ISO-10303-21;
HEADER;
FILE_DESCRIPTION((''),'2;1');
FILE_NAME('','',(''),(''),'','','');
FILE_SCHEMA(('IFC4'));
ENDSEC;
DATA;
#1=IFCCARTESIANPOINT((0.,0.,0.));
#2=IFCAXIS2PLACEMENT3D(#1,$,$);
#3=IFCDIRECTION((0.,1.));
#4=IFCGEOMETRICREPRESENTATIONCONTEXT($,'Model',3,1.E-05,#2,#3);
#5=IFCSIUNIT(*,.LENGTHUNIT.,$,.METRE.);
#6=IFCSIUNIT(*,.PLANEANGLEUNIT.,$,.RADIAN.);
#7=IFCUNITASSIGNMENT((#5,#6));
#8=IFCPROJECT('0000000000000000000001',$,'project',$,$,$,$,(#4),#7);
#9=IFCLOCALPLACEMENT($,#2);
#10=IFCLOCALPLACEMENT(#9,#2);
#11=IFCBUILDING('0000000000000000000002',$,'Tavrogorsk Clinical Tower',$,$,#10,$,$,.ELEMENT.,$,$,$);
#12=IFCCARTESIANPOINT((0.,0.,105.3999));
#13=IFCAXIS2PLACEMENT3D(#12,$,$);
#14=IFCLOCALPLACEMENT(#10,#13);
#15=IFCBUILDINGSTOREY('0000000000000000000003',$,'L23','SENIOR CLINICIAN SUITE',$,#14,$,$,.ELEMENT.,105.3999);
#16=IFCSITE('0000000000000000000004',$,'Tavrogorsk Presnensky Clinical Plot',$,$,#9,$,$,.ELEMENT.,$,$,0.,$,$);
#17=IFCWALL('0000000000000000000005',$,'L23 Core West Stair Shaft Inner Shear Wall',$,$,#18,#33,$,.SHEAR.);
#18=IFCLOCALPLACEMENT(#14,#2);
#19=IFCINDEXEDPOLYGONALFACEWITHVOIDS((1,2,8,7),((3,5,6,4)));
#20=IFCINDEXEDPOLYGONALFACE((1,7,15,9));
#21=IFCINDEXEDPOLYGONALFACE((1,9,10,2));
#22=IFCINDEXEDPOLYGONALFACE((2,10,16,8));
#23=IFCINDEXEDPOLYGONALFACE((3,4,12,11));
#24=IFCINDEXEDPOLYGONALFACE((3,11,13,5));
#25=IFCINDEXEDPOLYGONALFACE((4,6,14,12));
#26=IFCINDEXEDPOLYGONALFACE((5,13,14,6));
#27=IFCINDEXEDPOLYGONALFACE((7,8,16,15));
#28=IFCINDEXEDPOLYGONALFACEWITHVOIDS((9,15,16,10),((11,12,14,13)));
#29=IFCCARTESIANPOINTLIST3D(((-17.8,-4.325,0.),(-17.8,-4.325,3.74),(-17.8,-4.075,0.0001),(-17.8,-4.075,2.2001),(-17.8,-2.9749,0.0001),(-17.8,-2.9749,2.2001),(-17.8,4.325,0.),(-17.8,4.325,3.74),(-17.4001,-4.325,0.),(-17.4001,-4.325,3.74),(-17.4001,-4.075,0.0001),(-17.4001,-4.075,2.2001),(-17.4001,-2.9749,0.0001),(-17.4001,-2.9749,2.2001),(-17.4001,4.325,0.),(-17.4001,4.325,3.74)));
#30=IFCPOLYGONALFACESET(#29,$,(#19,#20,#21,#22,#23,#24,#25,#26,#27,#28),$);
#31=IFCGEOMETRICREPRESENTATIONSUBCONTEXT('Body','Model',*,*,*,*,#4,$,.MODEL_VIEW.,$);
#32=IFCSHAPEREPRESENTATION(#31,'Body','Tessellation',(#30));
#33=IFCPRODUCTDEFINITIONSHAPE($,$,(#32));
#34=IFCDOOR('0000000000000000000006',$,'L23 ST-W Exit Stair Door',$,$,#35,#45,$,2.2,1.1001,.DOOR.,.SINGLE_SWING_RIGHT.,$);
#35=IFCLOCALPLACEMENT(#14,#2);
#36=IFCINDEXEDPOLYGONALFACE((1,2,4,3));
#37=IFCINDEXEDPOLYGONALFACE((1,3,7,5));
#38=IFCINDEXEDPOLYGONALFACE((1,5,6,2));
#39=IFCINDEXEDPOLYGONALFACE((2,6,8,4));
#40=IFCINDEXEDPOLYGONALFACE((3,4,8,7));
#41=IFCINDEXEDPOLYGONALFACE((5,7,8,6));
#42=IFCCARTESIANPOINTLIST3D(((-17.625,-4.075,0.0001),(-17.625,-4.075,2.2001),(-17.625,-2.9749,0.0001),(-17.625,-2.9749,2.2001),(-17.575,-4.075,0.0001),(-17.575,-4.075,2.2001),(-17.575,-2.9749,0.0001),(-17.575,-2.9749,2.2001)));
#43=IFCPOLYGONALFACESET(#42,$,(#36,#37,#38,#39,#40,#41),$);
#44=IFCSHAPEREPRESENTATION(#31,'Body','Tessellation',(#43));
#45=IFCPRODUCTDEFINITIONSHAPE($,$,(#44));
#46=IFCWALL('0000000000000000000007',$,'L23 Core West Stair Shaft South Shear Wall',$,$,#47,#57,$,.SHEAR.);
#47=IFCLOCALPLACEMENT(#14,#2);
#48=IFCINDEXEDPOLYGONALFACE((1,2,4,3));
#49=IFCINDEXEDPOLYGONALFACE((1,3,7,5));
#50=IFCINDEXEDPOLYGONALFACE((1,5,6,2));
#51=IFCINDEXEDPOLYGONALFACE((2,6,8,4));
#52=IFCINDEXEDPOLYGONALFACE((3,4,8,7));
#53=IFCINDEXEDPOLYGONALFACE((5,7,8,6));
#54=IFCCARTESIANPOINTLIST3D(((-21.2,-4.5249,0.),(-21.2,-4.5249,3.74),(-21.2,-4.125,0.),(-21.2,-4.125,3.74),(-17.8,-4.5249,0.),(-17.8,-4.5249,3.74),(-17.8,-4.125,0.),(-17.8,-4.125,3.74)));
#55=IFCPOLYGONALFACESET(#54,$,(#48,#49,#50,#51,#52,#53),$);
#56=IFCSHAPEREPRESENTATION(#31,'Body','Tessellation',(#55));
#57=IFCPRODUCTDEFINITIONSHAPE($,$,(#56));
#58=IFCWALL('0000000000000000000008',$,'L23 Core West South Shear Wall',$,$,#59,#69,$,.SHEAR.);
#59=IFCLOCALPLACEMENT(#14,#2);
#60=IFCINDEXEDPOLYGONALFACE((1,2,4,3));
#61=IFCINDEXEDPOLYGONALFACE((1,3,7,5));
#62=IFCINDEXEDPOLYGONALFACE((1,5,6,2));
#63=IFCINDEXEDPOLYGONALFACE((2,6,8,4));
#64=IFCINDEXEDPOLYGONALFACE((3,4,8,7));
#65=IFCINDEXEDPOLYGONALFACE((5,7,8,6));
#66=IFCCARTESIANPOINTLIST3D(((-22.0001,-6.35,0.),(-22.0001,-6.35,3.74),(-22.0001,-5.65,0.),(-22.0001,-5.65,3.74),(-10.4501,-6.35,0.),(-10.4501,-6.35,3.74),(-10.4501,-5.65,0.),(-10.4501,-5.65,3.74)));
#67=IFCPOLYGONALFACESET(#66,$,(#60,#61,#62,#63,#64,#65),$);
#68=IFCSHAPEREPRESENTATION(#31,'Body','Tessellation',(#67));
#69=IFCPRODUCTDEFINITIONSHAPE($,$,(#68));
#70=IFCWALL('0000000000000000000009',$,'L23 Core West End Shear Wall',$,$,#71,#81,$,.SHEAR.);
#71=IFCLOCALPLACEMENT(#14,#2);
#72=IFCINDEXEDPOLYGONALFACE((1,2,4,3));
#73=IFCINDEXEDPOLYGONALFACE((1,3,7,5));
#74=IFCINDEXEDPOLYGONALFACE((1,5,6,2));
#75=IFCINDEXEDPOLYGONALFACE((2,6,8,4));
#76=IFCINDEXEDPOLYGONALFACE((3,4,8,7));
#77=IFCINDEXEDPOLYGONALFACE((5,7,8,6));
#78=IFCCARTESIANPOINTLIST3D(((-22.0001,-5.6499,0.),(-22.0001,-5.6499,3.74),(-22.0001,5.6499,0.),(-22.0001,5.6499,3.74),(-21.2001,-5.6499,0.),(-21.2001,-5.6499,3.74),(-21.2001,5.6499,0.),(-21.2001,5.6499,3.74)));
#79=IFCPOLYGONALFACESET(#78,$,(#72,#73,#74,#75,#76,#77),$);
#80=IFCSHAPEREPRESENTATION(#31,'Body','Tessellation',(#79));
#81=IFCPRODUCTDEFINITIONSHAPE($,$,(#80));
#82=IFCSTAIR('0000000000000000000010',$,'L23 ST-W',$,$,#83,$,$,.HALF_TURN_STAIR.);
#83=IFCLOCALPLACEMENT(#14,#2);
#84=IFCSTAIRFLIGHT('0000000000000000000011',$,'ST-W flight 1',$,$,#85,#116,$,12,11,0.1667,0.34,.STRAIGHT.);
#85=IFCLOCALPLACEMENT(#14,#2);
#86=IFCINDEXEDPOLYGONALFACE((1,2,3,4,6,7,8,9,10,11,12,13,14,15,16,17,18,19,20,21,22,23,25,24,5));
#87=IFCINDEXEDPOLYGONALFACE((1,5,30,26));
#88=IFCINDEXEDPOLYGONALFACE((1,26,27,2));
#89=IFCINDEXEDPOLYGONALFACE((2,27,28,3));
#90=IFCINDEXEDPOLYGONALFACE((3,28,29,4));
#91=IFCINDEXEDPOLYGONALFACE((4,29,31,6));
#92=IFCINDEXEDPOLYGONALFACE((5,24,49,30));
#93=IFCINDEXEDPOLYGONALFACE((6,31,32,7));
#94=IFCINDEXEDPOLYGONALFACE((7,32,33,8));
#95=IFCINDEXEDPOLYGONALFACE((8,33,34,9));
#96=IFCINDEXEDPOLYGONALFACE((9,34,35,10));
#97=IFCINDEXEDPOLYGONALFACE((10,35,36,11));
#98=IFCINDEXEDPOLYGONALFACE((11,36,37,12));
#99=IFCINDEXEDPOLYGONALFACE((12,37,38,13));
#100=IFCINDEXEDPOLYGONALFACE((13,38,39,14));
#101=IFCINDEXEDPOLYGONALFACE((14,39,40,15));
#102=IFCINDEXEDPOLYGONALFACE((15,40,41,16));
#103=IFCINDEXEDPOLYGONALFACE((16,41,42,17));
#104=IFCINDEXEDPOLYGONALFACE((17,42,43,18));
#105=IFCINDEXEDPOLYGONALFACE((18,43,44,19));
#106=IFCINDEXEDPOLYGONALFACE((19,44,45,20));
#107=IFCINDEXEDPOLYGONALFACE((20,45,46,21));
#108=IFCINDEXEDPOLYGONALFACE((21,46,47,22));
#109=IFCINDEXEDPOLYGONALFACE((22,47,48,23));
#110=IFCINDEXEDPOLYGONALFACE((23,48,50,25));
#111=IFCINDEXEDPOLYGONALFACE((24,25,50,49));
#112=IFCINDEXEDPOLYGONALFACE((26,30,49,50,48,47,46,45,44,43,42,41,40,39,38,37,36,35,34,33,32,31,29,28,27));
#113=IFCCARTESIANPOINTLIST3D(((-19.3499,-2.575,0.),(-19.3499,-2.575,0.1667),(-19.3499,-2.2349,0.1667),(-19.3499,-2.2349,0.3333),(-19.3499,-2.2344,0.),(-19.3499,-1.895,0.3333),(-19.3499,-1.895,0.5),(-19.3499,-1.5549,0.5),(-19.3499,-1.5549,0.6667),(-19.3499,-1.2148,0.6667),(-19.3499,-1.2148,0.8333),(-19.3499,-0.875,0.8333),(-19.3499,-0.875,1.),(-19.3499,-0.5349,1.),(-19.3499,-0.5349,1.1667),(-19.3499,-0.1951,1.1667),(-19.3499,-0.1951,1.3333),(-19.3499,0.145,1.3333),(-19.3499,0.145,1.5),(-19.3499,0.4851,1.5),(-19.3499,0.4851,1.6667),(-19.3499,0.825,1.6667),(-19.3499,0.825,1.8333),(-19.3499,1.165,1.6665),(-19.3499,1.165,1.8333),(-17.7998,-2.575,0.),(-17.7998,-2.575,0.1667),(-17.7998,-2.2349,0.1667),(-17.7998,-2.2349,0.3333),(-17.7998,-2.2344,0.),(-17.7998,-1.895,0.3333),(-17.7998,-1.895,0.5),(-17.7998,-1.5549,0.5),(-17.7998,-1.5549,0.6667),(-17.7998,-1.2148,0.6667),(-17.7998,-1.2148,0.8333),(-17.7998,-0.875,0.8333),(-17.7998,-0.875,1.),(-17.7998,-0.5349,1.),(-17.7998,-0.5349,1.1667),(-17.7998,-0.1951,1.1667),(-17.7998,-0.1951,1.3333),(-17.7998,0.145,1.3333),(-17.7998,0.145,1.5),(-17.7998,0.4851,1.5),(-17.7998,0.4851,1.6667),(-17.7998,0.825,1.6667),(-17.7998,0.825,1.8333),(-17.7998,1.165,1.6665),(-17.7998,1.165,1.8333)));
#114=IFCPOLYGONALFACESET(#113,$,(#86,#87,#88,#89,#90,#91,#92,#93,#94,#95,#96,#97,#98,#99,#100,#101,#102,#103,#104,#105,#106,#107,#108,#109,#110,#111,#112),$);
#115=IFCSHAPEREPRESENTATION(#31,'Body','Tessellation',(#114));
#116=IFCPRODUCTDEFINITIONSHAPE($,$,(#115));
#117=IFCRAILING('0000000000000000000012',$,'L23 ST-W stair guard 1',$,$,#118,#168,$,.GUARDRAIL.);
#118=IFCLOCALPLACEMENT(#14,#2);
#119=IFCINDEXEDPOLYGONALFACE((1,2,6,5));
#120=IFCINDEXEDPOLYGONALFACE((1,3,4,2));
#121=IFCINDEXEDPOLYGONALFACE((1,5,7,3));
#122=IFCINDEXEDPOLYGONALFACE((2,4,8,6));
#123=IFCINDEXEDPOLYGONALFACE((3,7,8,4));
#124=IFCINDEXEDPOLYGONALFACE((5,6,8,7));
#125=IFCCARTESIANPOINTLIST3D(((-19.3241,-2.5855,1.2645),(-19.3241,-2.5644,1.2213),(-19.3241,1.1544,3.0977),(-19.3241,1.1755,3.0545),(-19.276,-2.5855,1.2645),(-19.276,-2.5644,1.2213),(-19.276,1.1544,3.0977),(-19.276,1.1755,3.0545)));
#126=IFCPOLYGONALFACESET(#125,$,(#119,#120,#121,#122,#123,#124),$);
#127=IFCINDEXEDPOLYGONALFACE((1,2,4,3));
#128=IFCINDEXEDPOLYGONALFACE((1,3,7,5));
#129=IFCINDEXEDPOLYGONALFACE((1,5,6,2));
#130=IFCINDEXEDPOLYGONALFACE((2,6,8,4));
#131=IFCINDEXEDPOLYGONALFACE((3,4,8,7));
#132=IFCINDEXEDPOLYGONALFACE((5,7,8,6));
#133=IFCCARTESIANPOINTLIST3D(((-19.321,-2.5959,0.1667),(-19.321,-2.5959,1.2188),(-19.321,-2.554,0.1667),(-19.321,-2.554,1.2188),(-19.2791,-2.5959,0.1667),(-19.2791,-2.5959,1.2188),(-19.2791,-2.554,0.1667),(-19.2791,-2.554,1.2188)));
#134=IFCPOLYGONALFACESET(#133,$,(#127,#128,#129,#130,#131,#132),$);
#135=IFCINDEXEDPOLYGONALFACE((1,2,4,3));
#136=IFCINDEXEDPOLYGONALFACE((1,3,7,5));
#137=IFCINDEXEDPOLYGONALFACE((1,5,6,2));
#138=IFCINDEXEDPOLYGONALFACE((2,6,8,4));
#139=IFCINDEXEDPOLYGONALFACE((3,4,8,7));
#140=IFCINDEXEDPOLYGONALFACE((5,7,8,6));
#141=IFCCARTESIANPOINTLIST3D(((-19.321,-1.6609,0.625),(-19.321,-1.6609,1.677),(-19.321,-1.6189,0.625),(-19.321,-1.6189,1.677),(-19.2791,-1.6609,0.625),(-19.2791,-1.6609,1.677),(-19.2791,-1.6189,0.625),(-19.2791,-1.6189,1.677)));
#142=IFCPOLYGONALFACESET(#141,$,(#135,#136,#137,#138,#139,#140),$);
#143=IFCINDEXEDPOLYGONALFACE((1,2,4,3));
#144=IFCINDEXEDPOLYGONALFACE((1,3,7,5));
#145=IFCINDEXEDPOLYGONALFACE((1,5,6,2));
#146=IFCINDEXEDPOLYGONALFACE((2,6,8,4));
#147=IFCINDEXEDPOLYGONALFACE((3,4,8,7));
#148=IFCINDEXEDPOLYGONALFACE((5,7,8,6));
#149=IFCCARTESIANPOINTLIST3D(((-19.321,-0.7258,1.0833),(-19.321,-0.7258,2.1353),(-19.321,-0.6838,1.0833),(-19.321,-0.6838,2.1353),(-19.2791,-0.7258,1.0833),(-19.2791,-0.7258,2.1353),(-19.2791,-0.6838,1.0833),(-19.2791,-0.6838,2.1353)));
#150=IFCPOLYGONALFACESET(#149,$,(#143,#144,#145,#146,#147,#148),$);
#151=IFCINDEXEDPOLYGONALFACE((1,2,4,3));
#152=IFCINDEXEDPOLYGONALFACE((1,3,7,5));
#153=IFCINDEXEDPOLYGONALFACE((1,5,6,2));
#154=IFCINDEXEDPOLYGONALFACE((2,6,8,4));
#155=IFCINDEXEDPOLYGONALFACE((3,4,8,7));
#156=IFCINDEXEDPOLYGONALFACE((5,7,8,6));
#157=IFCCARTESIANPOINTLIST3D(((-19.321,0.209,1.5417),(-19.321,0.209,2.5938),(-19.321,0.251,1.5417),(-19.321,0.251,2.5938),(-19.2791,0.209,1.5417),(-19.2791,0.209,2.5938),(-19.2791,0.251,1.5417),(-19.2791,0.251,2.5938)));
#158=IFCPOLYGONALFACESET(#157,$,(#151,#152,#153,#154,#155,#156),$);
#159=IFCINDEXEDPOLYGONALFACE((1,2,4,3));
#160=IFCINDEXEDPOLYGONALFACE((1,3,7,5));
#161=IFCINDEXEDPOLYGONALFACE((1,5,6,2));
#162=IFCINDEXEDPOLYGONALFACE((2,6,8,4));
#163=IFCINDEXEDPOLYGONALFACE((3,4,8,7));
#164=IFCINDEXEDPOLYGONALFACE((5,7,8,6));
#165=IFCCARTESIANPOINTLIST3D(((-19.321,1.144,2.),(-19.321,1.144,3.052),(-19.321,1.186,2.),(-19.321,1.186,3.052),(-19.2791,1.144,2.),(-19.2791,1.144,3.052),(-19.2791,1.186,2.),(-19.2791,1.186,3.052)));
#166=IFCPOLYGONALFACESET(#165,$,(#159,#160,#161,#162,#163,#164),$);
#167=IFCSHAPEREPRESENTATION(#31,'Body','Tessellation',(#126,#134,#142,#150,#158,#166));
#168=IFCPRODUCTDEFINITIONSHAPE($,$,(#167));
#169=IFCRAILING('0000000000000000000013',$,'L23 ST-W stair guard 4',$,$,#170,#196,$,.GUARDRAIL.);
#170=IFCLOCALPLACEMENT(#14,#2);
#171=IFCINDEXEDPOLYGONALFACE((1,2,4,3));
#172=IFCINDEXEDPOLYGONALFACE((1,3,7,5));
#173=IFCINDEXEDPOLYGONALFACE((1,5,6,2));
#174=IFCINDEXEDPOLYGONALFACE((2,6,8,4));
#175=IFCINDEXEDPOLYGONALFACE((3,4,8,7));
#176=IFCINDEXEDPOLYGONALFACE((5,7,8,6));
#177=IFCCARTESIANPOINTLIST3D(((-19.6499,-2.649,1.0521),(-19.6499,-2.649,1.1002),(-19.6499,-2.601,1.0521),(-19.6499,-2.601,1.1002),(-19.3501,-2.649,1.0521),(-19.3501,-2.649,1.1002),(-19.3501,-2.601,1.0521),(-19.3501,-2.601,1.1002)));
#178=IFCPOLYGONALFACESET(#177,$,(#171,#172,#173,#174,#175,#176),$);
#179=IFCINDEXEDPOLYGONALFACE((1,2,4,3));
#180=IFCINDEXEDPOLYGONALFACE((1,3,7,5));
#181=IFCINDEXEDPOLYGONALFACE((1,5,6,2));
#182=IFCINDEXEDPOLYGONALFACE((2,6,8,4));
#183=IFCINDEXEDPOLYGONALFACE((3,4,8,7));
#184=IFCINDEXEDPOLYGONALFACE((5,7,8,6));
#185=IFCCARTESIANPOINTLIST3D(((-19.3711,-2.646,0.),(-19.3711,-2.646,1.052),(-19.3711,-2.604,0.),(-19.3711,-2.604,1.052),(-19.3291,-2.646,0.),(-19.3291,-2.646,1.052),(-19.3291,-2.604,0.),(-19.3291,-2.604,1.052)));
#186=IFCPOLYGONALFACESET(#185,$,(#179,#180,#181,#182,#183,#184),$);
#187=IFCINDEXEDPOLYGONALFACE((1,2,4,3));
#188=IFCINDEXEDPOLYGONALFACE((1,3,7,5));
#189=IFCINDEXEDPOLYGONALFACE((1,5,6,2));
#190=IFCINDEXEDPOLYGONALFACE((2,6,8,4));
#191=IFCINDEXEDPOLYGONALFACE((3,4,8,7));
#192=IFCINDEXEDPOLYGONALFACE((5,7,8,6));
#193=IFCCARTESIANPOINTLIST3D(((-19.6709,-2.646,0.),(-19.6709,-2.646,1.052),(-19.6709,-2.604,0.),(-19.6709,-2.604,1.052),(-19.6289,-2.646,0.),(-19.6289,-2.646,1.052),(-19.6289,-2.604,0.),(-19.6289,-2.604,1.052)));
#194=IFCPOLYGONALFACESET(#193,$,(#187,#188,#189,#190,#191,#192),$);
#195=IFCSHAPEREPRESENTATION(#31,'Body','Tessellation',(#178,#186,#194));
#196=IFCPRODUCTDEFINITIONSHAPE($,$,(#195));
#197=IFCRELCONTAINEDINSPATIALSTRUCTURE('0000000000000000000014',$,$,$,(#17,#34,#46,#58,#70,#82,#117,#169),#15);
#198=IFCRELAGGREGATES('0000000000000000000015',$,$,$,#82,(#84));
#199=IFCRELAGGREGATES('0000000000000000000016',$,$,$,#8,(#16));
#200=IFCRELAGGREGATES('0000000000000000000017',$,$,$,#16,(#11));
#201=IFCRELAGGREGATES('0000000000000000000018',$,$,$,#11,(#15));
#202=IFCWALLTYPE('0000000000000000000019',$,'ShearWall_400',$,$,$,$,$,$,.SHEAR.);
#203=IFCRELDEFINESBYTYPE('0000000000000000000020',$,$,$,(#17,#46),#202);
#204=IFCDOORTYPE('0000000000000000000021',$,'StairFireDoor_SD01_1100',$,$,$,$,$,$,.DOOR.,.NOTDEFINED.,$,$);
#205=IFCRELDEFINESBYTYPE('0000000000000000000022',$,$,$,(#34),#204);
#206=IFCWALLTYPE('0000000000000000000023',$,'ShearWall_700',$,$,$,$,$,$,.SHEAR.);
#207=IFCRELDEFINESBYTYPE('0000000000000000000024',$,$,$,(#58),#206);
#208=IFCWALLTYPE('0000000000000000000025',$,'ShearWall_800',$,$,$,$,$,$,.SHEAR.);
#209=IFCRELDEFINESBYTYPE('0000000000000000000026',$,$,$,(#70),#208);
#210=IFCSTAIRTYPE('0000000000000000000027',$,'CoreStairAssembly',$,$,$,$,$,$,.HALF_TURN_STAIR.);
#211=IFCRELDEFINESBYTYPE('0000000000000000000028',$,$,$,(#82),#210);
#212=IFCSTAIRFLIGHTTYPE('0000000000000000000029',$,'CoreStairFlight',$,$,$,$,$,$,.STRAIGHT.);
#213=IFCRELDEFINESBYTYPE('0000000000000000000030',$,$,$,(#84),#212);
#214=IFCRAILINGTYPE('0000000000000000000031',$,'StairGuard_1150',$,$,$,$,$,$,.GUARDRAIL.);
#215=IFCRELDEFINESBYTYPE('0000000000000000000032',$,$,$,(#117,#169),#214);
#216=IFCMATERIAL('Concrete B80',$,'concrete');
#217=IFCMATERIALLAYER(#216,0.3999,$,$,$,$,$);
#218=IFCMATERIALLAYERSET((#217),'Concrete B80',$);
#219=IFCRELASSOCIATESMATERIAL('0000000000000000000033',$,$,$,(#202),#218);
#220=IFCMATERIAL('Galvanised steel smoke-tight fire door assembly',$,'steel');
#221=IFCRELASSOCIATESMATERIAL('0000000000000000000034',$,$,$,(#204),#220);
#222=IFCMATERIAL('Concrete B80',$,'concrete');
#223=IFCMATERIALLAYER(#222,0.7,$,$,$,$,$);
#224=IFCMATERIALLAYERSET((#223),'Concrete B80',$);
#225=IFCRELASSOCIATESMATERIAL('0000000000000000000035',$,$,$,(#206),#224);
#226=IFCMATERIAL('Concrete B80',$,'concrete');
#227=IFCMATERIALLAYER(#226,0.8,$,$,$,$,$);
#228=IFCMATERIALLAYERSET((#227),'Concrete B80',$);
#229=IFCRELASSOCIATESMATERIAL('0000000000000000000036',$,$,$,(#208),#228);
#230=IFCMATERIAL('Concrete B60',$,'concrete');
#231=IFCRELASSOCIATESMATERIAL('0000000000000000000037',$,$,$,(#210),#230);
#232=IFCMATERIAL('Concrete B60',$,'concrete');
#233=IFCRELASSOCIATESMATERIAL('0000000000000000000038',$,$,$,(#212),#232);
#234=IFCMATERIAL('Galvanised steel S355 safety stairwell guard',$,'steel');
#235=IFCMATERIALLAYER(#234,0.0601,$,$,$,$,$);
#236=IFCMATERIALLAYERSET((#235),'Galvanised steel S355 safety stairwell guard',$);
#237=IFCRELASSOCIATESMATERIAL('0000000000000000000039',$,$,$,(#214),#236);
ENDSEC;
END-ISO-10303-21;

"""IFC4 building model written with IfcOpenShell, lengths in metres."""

from ifc_helpers import new_model, si_unit, direction, frame, frame_2d, origin, origin_2d, place, context, subcontext, project, spatial, polyline, rectangle, outline, extrude, material, layer, layer_set, type_object, element, fill, aggregate, save


model = new_model("IFC4")

# Units and contexts
model_context = context("Model", 3, precision=1e-05, world=origin(), true_north=direction((0.0, 1.0)))
body_context = subcontext(model_context, "Body", "Model", "MODEL_VIEW")
ifc_project = project(units=[si_unit("LENGTHUNIT", "METRE"), si_unit("PLANEANGLEUNIT", "RADIAN")], contexts=[model_context])

# Site, building, storey
site_placement = place(None, origin())
site = spatial("IfcSite", under=ifc_project, at=site_placement, Name="Tavrogorsk Presnensky Clinical Plot", CompositionType="ELEMENT", RefElevation=0.0)
building_placement = place(site_placement, origin())
building = spatial("IfcBuilding", under=site, at=building_placement, Name="Tavrogorsk Clinical Tower", CompositionType="ELEMENT")
storey_placement = place(building_placement, frame((0.0, 0.0, 105.3999)))
storey = spatial("IfcBuildingStorey", under=building, at=storey_placement, Name="L23", Description="SENIOR CLINICIAN SUITE", CompositionType="ELEMENT", Elevation=105.3999)

# Wall, opening, door
ifc_material_1 = material(Name="Concrete B80", Category="concrete")
ifc_layer_1 = layer(ifc_material_1, 0.3999)
ifc_layer_set_1 = layer_set([ifc_layer_1], Name="Concrete B80")
wall_type_1 = type_object("IfcWallType", Name="ShearWall_400", PredefinedType="SHEAR", material=ifc_layer_set_1)
wall_1_placement = place(storey_placement, frame((-17.6001, -4.325, 0.0), z_axis=(0.0, 0.0, 1.0), x_axis=(0.0, 1.0, 0.0)))
wall_1 = element("IfcWall", 1, at=wall_1_placement, inside=storey, type_object=wall_type_1, Name="L23 Core West Stair Shaft Inner Shear Wall", PredefinedType="SHEAR", context=body_context, shape_type="SweptSolid", body=[
    extrude(rectangle(XDim=8.6499, YDim=0.3999, at=frame_2d((4.325, 0.0))), origin(), (0.0, 0.0, 1.0), 3.74),
])
opening_1_placement = place(wall_1_placement, frame((0.25, 0.0, 0.0)))
opening_1 = element("IfcOpeningElement", 2, at=opening_1_placement, cuts=wall_1, PredefinedType="OPENING", context=body_context, shape_type="SweptSolid", body=[
    extrude(rectangle(XDim=1.1001, YDim=2.2, at=frame_2d((0.55, 1.1001))), frame((0.0, 0.21, 0.0), z_axis=(0.0, -1.0, 0.0), x_axis=(1.0, 0.0, 0.0)), (0.0, 0.0, 1.0), 0.4199),
])
ifc_material_2 = material(Name="Galvanised steel smoke-tight fire door assembly", Category="steel")
door_type_1 = type_object("IfcDoorType", Name="StairFireDoor_SD01_1100", OperationType="NOTDEFINED", PredefinedType="DOOR", material=ifc_material_2)
door_1_placement = place(opening_1_placement, origin())
door_1 = element("IfcDoor", 3, at=door_1_placement, inside=storey, type_object=door_type_1, Name="L23 ST-W Exit Stair Door", OperationType="SINGLE_SWING_RIGHT", OverallHeight=2.2, OverallWidth=1.1001, PredefinedType="DOOR", context=body_context, shape_type="SweptSolid", body=[
    extrude(rectangle(XDim=1.1001, YDim=2.2, at=frame_2d((0.55, 1.1001))), frame((0.0, 0.0249, 0.0), z_axis=(0.0, -1.0, 0.0), x_axis=(1.0, 0.0, 0.0)), (0.0, 0.0, 1.0), 0.05),
])
fill(opening_1, door_1)

# Walls
wall_2_placement = place(storey_placement, frame((-21.2, -4.325, 0.0), z_axis=(0.0, 0.0, 1.0), x_axis=(1.0, 0.0, 0.0)))
element("IfcWall", 4, at=wall_2_placement, inside=storey, type_object=wall_type_1, Name="L23 Core West Stair Shaft South Shear Wall", PredefinedType="SHEAR", context=body_context, shape_type="SweptSolid", body=[
    extrude(rectangle(XDim=3.3999, YDim=0.3999, at=frame_2d((1.7, 0.0))), origin(), (0.0, 0.0, 1.0), 3.74),
])
ifc_material_3 = material(Name="Concrete B80", Category="concrete")
ifc_layer_2 = layer(ifc_material_3, 0.7)
ifc_layer_set_2 = layer_set([ifc_layer_2], Name="Concrete B80")
wall_type_2 = type_object("IfcWallType", Name="ShearWall_700", PredefinedType="SHEAR", material=ifc_layer_set_2)
wall_3_placement = place(storey_placement, frame((-22.0, -6.0, 0.0), z_axis=(0.0, 0.0, 1.0), x_axis=(1.0, 0.0, 0.0)))
element("IfcWall", 5, at=wall_3_placement, inside=storey, type_object=wall_type_2, Name="L23 Core West South Shear Wall", PredefinedType="SHEAR", context=body_context, shape_type="SweptSolid", body=[
    extrude(rectangle(XDim=11.55, YDim=0.7, at=frame_2d((5.7749, 0.0))), origin(), (0.0, 0.0, 1.0), 3.74),
])
ifc_material_4 = material(Name="Concrete B80", Category="concrete")
ifc_layer_3 = layer(ifc_material_4, 0.8)
ifc_layer_set_3 = layer_set([ifc_layer_3], Name="Concrete B80")
wall_type_3 = type_object("IfcWallType", Name="ShearWall_800", PredefinedType="SHEAR", material=ifc_layer_set_3)
wall_4_placement = place(storey_placement, frame((-21.6001, -5.6499, 0.0), z_axis=(0.0, 0.0, 1.0), x_axis=(0.0, 1.0, 0.0)))
element("IfcWall", 6, at=wall_4_placement, inside=storey, type_object=wall_type_3, Name="L23 Core West End Shear Wall", PredefinedType="SHEAR", context=body_context, shape_type="SweptSolid", body=[
    extrude(rectangle(XDim=11.2998, YDim=0.8, at=frame_2d((5.6499, 0.0))), origin(), (0.0, 0.0, 1.0), 3.74),
])

# Stair, stair flight
ifc_material_5 = material(Name="Concrete B60", Category="concrete")
stair_type = type_object("IfcStairType", Name="CoreStairAssembly", PredefinedType="HALF_TURN_STAIR", material=ifc_material_5)
stair_placement = place(storey_placement, origin())
stair = element("IfcStair", 7, at=stair_placement, inside=storey, type_object=stair_type, Name="L23 ST-W", PredefinedType="HALF_TURN_STAIR")
ifc_material_6 = material(Name="Concrete B60", Category="concrete")
stair_flight_type = type_object("IfcStairFlightType", Name="CoreStairFlight", PredefinedType="STRAIGHT", material=ifc_material_6)
stair_flight_placement = place(storey_placement, frame((-18.575, -2.575, 0.0), z_axis=(0.0, 0.0, 1.0), x_axis=(0.0, 1.0, 0.0)))
stair_flight = element("IfcStairFlight", 8, at=stair_flight_placement, type_object=stair_flight_type, Name="ST-W flight 1", NumberOfRisers=12, NumberOfTreads=11, PredefinedType="STRAIGHT", RiserHeight=0.1667, TreadLength=0.34, context=body_context, shape_type="SweptSolid", body=[
    extrude(outline(polyline([(0.0, 0.0), (0.0, 0.1667), (0.3401, 0.1667), (0.3401, 0.3333), (0.6799, 0.3333), (0.6799, 0.5), (1.02, 0.5), (1.02, 0.6667), (1.3601, 0.6667), (1.3601, 0.8333), (1.7, 0.8333), (1.7, 1.0), (2.04, 1.0), (2.04, 1.1667), (2.3799, 1.1667), (2.3799, 1.3333), (2.72, 1.3333), (2.72, 1.5), (3.0601, 1.5), (3.0601, 1.6667), (3.3999, 1.6667), (3.3999, 1.8333), (3.74, 1.8333), (3.74, 2.0), (3.74, 1.6665), (0.3406, 0.0), (0.0, 0.0)])), frame((0.0, 0.7749, 0.0), z_axis=(0.0, -1.0, 0.0), x_axis=(1.0, 0.0, 0.0)), (0.0, 0.0, 1.0), 1.55),
])
aggregate(stair, [stair_flight])

# Railings
ifc_material_7 = material(Name="Galvanised steel S355 safety stairwell guard", Category="steel")
ifc_layer_4 = layer(ifc_material_7, 0.0601)
ifc_layer_set_4 = layer_set([ifc_layer_4], Name="Galvanised steel S355 safety stairwell guard")
railing_type = type_object("IfcRailingType", Name="StairGuard_1150", PredefinedType="GUARDRAIL", material=ifc_layer_set_4)
railing_1_placement = place(storey_placement, frame((-19.3, -2.575, 0.1667)))
element("IfcRailing", 9, at=railing_1_placement, inside=storey, type_object=railing_type, Name="L23 ST-W stair guard 1", PredefinedType="GUARDRAIL", context=body_context, shape_type="SweptSolid", body=[
    extrude(rectangle(XDim=0.0481, YDim=0.0481, at=origin_2d()), frame((0.0, 0.0, 1.0762), z_axis=(0.0, 0.897928, 0.440142), x_axis=(-1.0, 0.0, 0.0)), (0.0, 0.0, 1.0), 4.165),
    extrude(rectangle(XDim=0.042, YDim=0.042, at=origin_2d()), origin(), (0.0, 0.0, 1.0), 1.052),
    extrude(rectangle(XDim=0.042, YDim=0.042, at=origin_2d()), frame((0.0, 0.9351, 0.4583)), (0.0, 0.0, 1.0), 1.052),
    extrude(rectangle(XDim=0.042, YDim=0.042, at=origin_2d()), frame((0.0, 1.8701, 0.9165)), (0.0, 0.0, 1.0), 1.052),
    extrude(rectangle(XDim=0.042, YDim=0.042, at=origin_2d()), frame((0.0, 2.8049, 1.375)), (0.0, 0.0, 1.0), 1.052),
    extrude(rectangle(XDim=0.042, YDim=0.042, at=origin_2d()), frame((0.0, 3.74, 1.8333)), (0.0, 0.0, 1.0), 1.052),
])
railing_2_placement = place(storey_placement, frame((-19.3501, -2.625, 0.0)))
element("IfcRailing", 10, at=railing_2_placement, inside=storey, type_object=railing_type, Name="L23 ST-W stair guard 4", PredefinedType="GUARDRAIL", context=body_context, shape_type="SweptSolid", body=[
    extrude(rectangle(XDim=0.0481, YDim=0.0481, at=origin_2d()), frame((0.0, 0.0, 1.0762), z_axis=(-1.0, 0.0, 0.0), x_axis=(0.0, -1.0, 0.0)), (0.0, 0.0, 1.0), 0.2998),
    extrude(rectangle(XDim=0.042, YDim=0.042, at=origin_2d()), origin(), (0.0, 0.0, 1.0), 1.052),
    extrude(rectangle(XDim=0.042, YDim=0.042, at=origin_2d()), frame((-0.2998, 0.0, 0.0)), (0.0, 0.0, 1.0), 1.052),
])

save(model, "model.ifc")
